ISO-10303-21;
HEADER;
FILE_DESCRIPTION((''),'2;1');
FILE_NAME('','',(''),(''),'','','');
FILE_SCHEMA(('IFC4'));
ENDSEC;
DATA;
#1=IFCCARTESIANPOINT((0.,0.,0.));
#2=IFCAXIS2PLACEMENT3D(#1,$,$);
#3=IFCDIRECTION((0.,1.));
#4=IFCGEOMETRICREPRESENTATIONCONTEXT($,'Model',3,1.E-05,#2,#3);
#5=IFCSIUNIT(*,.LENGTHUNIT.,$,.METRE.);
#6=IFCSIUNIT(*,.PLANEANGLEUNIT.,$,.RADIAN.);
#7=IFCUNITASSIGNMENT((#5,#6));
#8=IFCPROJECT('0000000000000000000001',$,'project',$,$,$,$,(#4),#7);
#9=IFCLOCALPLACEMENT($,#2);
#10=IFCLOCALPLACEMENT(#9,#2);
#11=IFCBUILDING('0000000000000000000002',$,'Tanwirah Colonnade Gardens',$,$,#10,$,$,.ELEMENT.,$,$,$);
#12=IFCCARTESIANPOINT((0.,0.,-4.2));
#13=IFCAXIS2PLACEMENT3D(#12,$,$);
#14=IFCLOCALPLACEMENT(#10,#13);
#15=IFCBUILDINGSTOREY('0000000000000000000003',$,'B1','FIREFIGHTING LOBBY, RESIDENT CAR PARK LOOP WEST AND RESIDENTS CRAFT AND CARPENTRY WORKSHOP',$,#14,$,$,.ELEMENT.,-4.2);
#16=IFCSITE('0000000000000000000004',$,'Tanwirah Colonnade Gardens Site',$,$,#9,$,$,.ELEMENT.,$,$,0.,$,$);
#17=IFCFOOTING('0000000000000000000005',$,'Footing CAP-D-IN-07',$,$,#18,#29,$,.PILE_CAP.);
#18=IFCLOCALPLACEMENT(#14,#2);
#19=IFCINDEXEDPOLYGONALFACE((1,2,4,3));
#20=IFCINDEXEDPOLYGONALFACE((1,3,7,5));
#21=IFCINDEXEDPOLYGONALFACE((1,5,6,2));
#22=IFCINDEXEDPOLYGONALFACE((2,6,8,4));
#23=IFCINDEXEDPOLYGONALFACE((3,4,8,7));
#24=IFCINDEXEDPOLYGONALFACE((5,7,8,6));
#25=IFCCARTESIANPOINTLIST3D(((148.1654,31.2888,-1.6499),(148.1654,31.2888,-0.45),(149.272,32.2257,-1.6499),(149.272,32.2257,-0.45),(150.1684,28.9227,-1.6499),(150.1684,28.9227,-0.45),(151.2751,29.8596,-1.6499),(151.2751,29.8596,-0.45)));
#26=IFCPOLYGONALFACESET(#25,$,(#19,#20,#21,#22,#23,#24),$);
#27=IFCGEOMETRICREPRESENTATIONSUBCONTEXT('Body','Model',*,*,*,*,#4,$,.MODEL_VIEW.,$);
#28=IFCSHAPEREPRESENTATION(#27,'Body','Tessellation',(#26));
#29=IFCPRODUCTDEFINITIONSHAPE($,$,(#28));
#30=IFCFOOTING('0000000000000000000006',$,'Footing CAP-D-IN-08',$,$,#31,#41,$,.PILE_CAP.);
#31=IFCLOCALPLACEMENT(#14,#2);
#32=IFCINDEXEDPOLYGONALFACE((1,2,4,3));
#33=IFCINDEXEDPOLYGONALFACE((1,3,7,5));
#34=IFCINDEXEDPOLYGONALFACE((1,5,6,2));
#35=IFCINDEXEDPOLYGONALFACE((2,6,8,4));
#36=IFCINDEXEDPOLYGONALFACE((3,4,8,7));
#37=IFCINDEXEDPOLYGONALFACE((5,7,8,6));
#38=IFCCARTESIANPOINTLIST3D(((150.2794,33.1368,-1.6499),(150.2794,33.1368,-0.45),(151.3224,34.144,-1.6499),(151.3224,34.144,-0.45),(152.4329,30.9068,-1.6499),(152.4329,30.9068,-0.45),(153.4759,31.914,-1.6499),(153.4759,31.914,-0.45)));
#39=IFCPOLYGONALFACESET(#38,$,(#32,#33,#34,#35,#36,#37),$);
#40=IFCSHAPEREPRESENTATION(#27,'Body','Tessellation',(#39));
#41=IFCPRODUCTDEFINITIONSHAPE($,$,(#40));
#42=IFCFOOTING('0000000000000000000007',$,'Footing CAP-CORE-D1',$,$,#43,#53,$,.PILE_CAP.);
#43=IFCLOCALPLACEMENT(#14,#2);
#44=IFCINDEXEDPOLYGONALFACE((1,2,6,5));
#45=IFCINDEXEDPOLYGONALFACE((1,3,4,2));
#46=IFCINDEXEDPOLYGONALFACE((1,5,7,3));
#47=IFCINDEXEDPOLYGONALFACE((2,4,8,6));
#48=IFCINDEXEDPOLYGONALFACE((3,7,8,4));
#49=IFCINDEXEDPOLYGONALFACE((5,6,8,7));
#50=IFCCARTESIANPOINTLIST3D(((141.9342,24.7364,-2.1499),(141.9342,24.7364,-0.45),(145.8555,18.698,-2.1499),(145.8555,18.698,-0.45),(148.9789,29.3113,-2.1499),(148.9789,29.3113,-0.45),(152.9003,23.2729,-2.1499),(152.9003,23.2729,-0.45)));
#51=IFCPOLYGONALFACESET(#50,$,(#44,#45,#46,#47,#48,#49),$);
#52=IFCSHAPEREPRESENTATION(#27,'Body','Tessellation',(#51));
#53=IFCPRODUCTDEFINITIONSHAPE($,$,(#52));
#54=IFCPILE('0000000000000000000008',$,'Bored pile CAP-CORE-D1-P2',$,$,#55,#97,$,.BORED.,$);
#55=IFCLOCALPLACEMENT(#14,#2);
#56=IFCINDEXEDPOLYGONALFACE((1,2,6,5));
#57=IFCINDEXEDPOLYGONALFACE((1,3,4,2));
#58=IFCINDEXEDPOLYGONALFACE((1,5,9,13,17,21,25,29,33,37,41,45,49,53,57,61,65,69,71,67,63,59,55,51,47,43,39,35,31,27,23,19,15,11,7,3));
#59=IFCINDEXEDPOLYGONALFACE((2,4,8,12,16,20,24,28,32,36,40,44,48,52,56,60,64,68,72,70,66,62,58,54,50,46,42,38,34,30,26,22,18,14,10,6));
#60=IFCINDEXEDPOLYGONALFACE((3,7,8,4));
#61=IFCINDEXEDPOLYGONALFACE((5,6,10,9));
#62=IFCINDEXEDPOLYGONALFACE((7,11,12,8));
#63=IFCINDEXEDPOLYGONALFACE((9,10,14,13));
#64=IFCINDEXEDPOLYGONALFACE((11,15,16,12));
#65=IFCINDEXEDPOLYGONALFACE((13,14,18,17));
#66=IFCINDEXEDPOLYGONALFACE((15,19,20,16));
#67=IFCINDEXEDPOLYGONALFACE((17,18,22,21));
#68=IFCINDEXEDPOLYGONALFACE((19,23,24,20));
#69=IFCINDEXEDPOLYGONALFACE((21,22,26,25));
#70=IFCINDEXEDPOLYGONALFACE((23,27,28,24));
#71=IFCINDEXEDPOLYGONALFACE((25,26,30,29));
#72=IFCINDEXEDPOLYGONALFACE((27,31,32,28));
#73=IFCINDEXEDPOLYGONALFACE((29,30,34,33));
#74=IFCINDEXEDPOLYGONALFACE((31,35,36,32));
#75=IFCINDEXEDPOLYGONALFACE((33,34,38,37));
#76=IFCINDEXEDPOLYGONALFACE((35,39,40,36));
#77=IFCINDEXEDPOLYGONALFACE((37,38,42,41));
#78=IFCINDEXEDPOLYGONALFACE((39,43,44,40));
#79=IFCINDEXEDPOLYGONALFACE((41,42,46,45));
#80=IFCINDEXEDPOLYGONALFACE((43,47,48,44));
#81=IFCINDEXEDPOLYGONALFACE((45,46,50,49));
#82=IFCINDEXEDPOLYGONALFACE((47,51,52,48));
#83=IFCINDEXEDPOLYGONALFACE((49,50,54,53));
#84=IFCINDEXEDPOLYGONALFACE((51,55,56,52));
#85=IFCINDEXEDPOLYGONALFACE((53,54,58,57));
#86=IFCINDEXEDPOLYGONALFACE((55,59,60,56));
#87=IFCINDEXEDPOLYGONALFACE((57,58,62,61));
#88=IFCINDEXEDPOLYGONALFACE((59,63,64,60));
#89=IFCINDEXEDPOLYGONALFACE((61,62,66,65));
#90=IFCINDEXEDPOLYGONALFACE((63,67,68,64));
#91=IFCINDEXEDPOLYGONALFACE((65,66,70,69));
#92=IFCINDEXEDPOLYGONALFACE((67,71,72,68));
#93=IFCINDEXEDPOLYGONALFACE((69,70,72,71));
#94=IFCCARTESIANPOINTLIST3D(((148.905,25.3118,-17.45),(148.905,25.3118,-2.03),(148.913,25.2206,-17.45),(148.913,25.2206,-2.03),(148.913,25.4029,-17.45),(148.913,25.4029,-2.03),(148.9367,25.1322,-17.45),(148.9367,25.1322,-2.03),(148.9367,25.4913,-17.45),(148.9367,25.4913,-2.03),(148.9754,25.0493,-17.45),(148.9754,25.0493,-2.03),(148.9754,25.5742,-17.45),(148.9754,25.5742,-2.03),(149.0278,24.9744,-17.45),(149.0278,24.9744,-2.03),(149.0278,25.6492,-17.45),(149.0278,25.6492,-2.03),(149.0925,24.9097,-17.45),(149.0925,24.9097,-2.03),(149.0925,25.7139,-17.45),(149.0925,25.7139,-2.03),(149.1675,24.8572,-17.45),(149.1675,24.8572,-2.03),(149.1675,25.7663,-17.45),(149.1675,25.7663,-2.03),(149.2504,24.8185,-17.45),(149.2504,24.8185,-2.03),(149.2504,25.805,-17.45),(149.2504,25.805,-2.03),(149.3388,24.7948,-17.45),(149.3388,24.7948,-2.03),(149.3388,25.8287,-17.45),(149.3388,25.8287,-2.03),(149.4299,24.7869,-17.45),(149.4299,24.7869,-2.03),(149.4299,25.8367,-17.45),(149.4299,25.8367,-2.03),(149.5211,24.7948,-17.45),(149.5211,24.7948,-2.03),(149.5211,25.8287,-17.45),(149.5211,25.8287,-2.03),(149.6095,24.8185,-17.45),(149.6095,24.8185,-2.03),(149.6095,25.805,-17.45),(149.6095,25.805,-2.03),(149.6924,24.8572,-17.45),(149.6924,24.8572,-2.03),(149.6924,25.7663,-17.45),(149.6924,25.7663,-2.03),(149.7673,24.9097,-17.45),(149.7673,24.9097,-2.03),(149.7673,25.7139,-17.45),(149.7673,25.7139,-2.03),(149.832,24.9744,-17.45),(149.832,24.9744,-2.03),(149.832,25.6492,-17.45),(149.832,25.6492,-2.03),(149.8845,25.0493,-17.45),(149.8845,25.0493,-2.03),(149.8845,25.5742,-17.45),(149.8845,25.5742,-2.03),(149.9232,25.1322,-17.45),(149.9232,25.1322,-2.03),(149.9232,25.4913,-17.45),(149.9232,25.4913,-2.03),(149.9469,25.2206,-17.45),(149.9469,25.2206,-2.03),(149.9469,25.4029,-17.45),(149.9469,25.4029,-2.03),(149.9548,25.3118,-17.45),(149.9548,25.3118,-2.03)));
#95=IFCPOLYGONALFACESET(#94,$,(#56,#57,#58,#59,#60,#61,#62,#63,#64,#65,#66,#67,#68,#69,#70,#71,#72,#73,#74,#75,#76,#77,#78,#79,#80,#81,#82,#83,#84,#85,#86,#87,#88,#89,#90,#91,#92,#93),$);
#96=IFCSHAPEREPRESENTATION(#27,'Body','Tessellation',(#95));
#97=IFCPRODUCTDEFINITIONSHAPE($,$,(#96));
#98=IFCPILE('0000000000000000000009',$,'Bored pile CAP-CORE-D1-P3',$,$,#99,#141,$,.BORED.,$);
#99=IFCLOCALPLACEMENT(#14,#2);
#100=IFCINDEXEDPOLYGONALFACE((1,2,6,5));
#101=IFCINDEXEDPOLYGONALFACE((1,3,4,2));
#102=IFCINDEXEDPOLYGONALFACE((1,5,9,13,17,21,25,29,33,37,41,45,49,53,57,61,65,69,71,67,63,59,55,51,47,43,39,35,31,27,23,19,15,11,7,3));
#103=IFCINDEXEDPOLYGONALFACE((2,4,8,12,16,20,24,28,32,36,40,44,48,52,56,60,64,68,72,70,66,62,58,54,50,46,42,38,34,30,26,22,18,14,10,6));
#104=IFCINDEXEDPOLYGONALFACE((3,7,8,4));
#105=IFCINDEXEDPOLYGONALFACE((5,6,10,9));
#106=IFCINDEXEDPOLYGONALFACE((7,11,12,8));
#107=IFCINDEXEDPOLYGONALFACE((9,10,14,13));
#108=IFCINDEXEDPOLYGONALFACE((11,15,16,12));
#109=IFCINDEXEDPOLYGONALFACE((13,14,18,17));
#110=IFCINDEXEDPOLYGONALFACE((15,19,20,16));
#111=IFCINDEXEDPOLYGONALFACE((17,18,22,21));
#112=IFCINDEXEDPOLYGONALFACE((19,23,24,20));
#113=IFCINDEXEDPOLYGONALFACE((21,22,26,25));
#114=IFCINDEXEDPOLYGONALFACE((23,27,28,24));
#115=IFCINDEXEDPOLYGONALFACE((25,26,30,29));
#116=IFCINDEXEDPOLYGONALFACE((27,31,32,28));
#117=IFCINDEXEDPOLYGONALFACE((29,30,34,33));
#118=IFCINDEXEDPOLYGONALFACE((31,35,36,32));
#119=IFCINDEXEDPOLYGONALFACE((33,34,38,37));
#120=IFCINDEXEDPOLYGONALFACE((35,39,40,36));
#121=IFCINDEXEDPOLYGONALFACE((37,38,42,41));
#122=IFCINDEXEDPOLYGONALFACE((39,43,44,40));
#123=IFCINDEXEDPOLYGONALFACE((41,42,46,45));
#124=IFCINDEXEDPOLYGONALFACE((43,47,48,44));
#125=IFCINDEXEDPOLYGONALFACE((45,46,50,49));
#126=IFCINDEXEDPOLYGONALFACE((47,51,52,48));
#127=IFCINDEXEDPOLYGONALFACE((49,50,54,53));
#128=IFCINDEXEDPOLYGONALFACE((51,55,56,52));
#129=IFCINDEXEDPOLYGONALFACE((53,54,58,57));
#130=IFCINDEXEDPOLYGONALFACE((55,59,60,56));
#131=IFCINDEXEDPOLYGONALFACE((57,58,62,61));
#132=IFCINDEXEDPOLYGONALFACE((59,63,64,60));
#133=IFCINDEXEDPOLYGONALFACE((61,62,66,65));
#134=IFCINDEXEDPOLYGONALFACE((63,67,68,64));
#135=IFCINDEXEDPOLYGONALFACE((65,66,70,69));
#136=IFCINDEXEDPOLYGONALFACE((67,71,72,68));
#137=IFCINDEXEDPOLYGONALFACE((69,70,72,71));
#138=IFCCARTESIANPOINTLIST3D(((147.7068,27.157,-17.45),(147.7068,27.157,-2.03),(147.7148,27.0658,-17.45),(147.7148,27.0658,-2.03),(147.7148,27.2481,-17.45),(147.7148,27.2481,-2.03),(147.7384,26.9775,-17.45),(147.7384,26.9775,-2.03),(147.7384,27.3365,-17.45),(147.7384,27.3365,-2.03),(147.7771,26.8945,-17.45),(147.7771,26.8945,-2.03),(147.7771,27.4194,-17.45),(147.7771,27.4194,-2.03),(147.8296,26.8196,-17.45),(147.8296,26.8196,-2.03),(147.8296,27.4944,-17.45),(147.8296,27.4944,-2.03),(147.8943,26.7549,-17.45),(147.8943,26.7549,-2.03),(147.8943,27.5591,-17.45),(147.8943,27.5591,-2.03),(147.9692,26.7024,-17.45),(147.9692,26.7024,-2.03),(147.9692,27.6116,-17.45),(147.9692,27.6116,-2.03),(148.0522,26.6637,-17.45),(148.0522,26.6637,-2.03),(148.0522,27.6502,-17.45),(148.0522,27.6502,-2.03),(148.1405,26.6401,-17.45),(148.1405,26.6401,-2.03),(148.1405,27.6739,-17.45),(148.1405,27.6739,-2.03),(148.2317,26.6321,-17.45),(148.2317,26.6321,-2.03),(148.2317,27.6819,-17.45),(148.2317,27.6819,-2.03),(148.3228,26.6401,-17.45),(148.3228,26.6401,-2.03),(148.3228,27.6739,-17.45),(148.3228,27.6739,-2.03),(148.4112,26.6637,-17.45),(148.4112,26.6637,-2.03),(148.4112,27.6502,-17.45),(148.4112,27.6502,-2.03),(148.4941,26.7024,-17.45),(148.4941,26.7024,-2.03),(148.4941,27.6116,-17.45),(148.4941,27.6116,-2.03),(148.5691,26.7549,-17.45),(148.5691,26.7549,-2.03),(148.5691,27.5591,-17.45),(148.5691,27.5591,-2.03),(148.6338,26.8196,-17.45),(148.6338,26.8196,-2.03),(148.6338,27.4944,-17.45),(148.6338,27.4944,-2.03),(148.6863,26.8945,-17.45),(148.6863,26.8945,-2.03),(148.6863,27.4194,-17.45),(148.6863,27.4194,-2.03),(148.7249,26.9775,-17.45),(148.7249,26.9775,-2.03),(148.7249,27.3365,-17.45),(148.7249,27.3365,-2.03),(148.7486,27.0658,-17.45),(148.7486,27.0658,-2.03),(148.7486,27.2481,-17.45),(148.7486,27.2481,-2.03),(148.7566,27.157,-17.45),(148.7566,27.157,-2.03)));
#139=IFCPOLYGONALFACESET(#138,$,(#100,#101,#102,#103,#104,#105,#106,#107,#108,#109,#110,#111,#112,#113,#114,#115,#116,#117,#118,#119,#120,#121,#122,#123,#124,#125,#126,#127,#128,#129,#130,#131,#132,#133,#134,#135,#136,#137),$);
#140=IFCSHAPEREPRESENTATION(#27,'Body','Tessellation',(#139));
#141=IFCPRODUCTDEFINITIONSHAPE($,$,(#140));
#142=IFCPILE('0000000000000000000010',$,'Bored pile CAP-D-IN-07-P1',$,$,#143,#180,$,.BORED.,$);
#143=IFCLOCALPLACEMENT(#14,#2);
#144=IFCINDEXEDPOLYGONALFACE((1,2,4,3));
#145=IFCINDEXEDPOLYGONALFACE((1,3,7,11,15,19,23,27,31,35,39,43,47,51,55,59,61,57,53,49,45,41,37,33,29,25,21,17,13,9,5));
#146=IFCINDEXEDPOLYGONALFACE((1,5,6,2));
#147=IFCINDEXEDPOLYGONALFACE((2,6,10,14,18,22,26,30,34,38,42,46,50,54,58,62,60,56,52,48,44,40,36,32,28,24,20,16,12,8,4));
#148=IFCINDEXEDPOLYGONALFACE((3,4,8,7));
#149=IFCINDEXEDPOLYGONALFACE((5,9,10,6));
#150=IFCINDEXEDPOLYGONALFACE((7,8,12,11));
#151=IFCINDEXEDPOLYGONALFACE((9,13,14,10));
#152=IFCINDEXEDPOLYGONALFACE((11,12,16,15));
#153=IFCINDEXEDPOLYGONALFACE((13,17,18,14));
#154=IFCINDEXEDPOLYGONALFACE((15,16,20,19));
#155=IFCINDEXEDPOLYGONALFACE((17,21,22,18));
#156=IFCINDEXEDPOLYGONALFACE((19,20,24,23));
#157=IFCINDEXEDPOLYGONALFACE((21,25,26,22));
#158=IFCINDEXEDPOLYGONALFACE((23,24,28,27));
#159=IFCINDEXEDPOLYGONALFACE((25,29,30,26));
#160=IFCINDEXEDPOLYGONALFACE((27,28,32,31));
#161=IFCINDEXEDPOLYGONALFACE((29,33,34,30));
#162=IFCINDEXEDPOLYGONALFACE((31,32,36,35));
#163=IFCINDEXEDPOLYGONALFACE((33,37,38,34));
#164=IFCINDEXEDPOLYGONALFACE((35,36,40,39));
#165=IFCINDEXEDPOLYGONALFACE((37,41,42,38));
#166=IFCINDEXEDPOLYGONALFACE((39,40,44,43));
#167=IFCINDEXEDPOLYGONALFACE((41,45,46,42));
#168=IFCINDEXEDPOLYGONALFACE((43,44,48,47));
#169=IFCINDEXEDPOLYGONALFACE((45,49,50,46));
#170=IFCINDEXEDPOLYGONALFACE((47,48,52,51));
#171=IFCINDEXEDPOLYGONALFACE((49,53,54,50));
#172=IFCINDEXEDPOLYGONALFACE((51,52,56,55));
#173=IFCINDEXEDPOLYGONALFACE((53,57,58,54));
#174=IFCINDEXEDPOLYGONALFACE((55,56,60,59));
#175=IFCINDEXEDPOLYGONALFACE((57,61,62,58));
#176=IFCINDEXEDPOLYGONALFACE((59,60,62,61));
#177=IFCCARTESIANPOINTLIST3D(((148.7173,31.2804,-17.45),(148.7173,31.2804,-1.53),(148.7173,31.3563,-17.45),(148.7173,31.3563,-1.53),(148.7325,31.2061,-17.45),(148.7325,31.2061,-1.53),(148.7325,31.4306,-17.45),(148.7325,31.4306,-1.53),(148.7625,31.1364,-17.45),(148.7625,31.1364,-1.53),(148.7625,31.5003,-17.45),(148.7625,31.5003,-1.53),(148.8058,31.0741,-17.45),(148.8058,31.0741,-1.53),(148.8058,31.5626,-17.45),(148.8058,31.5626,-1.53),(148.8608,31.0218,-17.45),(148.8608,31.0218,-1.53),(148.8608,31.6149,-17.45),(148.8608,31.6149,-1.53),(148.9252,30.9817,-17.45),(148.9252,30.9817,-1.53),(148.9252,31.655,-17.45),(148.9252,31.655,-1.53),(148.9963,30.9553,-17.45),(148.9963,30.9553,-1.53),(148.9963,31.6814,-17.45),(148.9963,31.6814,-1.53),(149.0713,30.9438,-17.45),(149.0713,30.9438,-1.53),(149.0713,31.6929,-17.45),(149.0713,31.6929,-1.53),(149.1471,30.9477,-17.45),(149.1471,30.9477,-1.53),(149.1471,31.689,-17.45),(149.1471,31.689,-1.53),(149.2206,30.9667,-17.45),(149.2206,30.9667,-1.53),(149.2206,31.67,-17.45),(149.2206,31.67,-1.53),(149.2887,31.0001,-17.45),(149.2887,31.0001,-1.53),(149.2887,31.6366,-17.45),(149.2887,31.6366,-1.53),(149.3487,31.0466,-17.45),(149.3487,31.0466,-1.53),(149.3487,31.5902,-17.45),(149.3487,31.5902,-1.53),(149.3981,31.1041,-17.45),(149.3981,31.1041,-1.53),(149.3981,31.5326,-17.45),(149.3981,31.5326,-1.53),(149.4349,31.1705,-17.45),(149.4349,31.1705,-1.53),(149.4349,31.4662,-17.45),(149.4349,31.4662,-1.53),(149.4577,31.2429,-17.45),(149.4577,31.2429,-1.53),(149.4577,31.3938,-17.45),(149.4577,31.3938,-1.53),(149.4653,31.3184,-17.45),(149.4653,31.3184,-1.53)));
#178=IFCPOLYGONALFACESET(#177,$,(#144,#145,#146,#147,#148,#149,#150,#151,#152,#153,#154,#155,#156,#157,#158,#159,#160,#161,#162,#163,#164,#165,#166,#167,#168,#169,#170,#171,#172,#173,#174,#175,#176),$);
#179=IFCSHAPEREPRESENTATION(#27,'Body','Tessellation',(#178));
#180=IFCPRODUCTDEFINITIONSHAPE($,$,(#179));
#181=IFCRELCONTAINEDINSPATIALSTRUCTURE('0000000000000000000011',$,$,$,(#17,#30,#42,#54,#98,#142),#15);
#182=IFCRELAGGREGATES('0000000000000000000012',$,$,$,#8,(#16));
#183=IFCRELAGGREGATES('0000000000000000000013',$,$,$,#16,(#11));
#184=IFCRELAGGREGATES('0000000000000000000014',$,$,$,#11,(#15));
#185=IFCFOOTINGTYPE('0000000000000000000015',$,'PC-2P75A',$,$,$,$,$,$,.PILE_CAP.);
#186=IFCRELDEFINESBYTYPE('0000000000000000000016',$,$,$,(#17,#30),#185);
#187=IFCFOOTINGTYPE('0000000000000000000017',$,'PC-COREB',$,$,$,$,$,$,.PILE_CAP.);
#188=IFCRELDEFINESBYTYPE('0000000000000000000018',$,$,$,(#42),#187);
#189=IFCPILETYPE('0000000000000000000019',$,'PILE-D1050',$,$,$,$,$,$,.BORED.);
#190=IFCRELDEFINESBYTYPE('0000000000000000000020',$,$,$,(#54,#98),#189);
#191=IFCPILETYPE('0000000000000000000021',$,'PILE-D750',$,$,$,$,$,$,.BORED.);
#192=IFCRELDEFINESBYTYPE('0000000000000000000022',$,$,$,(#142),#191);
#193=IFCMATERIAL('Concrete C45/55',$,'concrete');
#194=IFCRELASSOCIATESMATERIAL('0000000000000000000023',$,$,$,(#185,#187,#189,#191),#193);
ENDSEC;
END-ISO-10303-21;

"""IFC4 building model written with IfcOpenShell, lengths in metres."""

from ifc_helpers import new_model, si_unit, direction, frame, origin, origin_2d, place, context, subcontext, project, spatial, rectangle, circle, extrude, material, material_profile, profile_set, type_object, element, save


model = new_model("IFC4")

# Units and contexts
model_context = context("Model", 3, precision=1e-05, world=origin(), true_north=direction((0.0, 1.0)))
body_context = subcontext(model_context, "Body", "Model", "MODEL_VIEW")
ifc_project = project(units=[si_unit("LENGTHUNIT", "METRE"), si_unit("PLANEANGLEUNIT", "RADIAN")], contexts=[model_context])

# Site, building, storey
site_placement = place(None, origin())
site = spatial("IfcSite", under=ifc_project, at=site_placement, Name="Tanwirah Colonnade Gardens Site", CompositionType="ELEMENT", RefElevation=0.0)
building_placement = place(site_placement, origin())
building = spatial("IfcBuilding", under=site, at=building_placement, Name="Tanwirah Colonnade Gardens", CompositionType="ELEMENT")
storey_placement = place(building_placement, frame((0.0, 0.0, -4.2)))
storey = spatial("IfcBuildingStorey", under=building, at=storey_placement, Name="B1", Description="FIREFIGHTING LOBBY, RESIDENT CAR PARK LOOP WEST AND RESIDENTS CRAFT AND CARPENTRY WORKSHOP", CompositionType="ELEMENT", Elevation=-4.2)

# Footings
ifc_material_1 = material(Name="Concrete C45/55", Category="concrete")
footing_type_1 = type_object("IfcFootingType", Name="PC-2P75A", PredefinedType="PILE_CAP", material=ifc_material_1)
for number, where, z_axis, x_axis, name in (
    (1, (149.7202, 30.5742, -1.6499), (0.0, 0.0, 1.0), (0.646124, -0.763232, 0.0), "Footing CAP-D-IN-07"),
    (2, (151.8777, 32.5254, -1.6499), (0.0, 0.0, 1.0), (0.694658, -0.71934, 0.0), "Footing CAP-D-IN-08"),
):
    element("IfcFooting", number, at=place(storey_placement, frame(where, z_axis=z_axis, x_axis=x_axis)), inside=storey, type_object=footing_type_1, Name=name, PredefinedType="PILE_CAP", context=body_context, shape_type="SweptSolid", body=[
        extrude(rectangle(XDim=3.1001, YDim=1.45, at=origin_2d()), origin(), (0.0, 0.0, 1.0), 1.2),
    ])
footing_type_2 = type_object("IfcFootingType", Name="PC-COREB", PredefinedType="PILE_CAP", material=ifc_material_1)
footing_placement = place(storey_placement, frame((147.4172, 24.0046, -2.1499), z_axis=(0.0, 0.0, 1.0), x_axis=(-0.544639, 0.838671, 0.0)))
element("IfcFooting", 3, at=footing_placement, inside=storey, type_object=footing_type_2, Name="Footing CAP-CORE-D1", PredefinedType="PILE_CAP", context=body_context, shape_type="SweptSolid", body=[
    extrude(rectangle(XDim=7.2, YDim=8.3999, at=origin_2d()), origin(), (0.0, 0.0, 1.0), 1.7),
])

# Piles
ifc_material_profile_1 = material_profile(ifc_material_1, circle(Radius=0.5249, at=origin_2d()), Name="PILE D1050")
ifc_profile_set_1 = profile_set([ifc_material_profile_1], Name="Concrete C45/55")
pile_type_1 = type_object("IfcPileType", Name="PILE-D1050", PredefinedType="BORED", material=ifc_profile_set_1)
for number, where, z_axis, x_axis, name in (
    (4, (149.4299, 25.3118, -2.03), (0.0, 0.0, -1.0), (1.0, 0.0, 0.0), "Bored pile CAP-CORE-D1-P2"),
    (5, (148.2317, 27.157, -2.03), (0.0, 0.0, -1.0), (1.0, 0.0, 0.0), "Bored pile CAP-CORE-D1-P3"),
):
    element("IfcPile", number, at=place(storey_placement, frame(where, z_axis=z_axis, x_axis=x_axis)), inside=storey, type_object=pile_type_1, Name=name, PredefinedType="BORED", context=body_context, shape_type="SweptSolid", body=[
        extrude(circle(Radius=0.5249, at=origin_2d()), origin(), (0.0, 0.0, 1.0), 15.4199),
    ])
ifc_material_profile_2 = material_profile(ifc_material_1, circle(Radius=0.375, at=origin_2d()), Name="PILE D750")
ifc_profile_set_2 = profile_set([ifc_material_profile_2], Name="Concrete C45/55")
pile_type_2 = type_object("IfcPileType", Name="PILE-D750", PredefinedType="BORED", material=ifc_profile_set_2)
for number, where, z_axis, x_axis, name in (
    (6, (149.0903, 31.3184, -1.53), (0.0, 0.0, -1.0), (1.0, 0.0, 0.0), "Bored pile CAP-D-IN-07-P1"),
):
    element("IfcPile", number, at=place(storey_placement, frame(where, z_axis=z_axis, x_axis=x_axis)), inside=storey, type_object=pile_type_2, Name=name, PredefinedType="BORED", context=body_context, shape_type="SweptSolid", body=[
        extrude(circle(Radius=0.375, at=origin_2d()), origin(), (0.0, 0.0, 1.0), 15.9199),
    ])

save(model, "model.ifc")
